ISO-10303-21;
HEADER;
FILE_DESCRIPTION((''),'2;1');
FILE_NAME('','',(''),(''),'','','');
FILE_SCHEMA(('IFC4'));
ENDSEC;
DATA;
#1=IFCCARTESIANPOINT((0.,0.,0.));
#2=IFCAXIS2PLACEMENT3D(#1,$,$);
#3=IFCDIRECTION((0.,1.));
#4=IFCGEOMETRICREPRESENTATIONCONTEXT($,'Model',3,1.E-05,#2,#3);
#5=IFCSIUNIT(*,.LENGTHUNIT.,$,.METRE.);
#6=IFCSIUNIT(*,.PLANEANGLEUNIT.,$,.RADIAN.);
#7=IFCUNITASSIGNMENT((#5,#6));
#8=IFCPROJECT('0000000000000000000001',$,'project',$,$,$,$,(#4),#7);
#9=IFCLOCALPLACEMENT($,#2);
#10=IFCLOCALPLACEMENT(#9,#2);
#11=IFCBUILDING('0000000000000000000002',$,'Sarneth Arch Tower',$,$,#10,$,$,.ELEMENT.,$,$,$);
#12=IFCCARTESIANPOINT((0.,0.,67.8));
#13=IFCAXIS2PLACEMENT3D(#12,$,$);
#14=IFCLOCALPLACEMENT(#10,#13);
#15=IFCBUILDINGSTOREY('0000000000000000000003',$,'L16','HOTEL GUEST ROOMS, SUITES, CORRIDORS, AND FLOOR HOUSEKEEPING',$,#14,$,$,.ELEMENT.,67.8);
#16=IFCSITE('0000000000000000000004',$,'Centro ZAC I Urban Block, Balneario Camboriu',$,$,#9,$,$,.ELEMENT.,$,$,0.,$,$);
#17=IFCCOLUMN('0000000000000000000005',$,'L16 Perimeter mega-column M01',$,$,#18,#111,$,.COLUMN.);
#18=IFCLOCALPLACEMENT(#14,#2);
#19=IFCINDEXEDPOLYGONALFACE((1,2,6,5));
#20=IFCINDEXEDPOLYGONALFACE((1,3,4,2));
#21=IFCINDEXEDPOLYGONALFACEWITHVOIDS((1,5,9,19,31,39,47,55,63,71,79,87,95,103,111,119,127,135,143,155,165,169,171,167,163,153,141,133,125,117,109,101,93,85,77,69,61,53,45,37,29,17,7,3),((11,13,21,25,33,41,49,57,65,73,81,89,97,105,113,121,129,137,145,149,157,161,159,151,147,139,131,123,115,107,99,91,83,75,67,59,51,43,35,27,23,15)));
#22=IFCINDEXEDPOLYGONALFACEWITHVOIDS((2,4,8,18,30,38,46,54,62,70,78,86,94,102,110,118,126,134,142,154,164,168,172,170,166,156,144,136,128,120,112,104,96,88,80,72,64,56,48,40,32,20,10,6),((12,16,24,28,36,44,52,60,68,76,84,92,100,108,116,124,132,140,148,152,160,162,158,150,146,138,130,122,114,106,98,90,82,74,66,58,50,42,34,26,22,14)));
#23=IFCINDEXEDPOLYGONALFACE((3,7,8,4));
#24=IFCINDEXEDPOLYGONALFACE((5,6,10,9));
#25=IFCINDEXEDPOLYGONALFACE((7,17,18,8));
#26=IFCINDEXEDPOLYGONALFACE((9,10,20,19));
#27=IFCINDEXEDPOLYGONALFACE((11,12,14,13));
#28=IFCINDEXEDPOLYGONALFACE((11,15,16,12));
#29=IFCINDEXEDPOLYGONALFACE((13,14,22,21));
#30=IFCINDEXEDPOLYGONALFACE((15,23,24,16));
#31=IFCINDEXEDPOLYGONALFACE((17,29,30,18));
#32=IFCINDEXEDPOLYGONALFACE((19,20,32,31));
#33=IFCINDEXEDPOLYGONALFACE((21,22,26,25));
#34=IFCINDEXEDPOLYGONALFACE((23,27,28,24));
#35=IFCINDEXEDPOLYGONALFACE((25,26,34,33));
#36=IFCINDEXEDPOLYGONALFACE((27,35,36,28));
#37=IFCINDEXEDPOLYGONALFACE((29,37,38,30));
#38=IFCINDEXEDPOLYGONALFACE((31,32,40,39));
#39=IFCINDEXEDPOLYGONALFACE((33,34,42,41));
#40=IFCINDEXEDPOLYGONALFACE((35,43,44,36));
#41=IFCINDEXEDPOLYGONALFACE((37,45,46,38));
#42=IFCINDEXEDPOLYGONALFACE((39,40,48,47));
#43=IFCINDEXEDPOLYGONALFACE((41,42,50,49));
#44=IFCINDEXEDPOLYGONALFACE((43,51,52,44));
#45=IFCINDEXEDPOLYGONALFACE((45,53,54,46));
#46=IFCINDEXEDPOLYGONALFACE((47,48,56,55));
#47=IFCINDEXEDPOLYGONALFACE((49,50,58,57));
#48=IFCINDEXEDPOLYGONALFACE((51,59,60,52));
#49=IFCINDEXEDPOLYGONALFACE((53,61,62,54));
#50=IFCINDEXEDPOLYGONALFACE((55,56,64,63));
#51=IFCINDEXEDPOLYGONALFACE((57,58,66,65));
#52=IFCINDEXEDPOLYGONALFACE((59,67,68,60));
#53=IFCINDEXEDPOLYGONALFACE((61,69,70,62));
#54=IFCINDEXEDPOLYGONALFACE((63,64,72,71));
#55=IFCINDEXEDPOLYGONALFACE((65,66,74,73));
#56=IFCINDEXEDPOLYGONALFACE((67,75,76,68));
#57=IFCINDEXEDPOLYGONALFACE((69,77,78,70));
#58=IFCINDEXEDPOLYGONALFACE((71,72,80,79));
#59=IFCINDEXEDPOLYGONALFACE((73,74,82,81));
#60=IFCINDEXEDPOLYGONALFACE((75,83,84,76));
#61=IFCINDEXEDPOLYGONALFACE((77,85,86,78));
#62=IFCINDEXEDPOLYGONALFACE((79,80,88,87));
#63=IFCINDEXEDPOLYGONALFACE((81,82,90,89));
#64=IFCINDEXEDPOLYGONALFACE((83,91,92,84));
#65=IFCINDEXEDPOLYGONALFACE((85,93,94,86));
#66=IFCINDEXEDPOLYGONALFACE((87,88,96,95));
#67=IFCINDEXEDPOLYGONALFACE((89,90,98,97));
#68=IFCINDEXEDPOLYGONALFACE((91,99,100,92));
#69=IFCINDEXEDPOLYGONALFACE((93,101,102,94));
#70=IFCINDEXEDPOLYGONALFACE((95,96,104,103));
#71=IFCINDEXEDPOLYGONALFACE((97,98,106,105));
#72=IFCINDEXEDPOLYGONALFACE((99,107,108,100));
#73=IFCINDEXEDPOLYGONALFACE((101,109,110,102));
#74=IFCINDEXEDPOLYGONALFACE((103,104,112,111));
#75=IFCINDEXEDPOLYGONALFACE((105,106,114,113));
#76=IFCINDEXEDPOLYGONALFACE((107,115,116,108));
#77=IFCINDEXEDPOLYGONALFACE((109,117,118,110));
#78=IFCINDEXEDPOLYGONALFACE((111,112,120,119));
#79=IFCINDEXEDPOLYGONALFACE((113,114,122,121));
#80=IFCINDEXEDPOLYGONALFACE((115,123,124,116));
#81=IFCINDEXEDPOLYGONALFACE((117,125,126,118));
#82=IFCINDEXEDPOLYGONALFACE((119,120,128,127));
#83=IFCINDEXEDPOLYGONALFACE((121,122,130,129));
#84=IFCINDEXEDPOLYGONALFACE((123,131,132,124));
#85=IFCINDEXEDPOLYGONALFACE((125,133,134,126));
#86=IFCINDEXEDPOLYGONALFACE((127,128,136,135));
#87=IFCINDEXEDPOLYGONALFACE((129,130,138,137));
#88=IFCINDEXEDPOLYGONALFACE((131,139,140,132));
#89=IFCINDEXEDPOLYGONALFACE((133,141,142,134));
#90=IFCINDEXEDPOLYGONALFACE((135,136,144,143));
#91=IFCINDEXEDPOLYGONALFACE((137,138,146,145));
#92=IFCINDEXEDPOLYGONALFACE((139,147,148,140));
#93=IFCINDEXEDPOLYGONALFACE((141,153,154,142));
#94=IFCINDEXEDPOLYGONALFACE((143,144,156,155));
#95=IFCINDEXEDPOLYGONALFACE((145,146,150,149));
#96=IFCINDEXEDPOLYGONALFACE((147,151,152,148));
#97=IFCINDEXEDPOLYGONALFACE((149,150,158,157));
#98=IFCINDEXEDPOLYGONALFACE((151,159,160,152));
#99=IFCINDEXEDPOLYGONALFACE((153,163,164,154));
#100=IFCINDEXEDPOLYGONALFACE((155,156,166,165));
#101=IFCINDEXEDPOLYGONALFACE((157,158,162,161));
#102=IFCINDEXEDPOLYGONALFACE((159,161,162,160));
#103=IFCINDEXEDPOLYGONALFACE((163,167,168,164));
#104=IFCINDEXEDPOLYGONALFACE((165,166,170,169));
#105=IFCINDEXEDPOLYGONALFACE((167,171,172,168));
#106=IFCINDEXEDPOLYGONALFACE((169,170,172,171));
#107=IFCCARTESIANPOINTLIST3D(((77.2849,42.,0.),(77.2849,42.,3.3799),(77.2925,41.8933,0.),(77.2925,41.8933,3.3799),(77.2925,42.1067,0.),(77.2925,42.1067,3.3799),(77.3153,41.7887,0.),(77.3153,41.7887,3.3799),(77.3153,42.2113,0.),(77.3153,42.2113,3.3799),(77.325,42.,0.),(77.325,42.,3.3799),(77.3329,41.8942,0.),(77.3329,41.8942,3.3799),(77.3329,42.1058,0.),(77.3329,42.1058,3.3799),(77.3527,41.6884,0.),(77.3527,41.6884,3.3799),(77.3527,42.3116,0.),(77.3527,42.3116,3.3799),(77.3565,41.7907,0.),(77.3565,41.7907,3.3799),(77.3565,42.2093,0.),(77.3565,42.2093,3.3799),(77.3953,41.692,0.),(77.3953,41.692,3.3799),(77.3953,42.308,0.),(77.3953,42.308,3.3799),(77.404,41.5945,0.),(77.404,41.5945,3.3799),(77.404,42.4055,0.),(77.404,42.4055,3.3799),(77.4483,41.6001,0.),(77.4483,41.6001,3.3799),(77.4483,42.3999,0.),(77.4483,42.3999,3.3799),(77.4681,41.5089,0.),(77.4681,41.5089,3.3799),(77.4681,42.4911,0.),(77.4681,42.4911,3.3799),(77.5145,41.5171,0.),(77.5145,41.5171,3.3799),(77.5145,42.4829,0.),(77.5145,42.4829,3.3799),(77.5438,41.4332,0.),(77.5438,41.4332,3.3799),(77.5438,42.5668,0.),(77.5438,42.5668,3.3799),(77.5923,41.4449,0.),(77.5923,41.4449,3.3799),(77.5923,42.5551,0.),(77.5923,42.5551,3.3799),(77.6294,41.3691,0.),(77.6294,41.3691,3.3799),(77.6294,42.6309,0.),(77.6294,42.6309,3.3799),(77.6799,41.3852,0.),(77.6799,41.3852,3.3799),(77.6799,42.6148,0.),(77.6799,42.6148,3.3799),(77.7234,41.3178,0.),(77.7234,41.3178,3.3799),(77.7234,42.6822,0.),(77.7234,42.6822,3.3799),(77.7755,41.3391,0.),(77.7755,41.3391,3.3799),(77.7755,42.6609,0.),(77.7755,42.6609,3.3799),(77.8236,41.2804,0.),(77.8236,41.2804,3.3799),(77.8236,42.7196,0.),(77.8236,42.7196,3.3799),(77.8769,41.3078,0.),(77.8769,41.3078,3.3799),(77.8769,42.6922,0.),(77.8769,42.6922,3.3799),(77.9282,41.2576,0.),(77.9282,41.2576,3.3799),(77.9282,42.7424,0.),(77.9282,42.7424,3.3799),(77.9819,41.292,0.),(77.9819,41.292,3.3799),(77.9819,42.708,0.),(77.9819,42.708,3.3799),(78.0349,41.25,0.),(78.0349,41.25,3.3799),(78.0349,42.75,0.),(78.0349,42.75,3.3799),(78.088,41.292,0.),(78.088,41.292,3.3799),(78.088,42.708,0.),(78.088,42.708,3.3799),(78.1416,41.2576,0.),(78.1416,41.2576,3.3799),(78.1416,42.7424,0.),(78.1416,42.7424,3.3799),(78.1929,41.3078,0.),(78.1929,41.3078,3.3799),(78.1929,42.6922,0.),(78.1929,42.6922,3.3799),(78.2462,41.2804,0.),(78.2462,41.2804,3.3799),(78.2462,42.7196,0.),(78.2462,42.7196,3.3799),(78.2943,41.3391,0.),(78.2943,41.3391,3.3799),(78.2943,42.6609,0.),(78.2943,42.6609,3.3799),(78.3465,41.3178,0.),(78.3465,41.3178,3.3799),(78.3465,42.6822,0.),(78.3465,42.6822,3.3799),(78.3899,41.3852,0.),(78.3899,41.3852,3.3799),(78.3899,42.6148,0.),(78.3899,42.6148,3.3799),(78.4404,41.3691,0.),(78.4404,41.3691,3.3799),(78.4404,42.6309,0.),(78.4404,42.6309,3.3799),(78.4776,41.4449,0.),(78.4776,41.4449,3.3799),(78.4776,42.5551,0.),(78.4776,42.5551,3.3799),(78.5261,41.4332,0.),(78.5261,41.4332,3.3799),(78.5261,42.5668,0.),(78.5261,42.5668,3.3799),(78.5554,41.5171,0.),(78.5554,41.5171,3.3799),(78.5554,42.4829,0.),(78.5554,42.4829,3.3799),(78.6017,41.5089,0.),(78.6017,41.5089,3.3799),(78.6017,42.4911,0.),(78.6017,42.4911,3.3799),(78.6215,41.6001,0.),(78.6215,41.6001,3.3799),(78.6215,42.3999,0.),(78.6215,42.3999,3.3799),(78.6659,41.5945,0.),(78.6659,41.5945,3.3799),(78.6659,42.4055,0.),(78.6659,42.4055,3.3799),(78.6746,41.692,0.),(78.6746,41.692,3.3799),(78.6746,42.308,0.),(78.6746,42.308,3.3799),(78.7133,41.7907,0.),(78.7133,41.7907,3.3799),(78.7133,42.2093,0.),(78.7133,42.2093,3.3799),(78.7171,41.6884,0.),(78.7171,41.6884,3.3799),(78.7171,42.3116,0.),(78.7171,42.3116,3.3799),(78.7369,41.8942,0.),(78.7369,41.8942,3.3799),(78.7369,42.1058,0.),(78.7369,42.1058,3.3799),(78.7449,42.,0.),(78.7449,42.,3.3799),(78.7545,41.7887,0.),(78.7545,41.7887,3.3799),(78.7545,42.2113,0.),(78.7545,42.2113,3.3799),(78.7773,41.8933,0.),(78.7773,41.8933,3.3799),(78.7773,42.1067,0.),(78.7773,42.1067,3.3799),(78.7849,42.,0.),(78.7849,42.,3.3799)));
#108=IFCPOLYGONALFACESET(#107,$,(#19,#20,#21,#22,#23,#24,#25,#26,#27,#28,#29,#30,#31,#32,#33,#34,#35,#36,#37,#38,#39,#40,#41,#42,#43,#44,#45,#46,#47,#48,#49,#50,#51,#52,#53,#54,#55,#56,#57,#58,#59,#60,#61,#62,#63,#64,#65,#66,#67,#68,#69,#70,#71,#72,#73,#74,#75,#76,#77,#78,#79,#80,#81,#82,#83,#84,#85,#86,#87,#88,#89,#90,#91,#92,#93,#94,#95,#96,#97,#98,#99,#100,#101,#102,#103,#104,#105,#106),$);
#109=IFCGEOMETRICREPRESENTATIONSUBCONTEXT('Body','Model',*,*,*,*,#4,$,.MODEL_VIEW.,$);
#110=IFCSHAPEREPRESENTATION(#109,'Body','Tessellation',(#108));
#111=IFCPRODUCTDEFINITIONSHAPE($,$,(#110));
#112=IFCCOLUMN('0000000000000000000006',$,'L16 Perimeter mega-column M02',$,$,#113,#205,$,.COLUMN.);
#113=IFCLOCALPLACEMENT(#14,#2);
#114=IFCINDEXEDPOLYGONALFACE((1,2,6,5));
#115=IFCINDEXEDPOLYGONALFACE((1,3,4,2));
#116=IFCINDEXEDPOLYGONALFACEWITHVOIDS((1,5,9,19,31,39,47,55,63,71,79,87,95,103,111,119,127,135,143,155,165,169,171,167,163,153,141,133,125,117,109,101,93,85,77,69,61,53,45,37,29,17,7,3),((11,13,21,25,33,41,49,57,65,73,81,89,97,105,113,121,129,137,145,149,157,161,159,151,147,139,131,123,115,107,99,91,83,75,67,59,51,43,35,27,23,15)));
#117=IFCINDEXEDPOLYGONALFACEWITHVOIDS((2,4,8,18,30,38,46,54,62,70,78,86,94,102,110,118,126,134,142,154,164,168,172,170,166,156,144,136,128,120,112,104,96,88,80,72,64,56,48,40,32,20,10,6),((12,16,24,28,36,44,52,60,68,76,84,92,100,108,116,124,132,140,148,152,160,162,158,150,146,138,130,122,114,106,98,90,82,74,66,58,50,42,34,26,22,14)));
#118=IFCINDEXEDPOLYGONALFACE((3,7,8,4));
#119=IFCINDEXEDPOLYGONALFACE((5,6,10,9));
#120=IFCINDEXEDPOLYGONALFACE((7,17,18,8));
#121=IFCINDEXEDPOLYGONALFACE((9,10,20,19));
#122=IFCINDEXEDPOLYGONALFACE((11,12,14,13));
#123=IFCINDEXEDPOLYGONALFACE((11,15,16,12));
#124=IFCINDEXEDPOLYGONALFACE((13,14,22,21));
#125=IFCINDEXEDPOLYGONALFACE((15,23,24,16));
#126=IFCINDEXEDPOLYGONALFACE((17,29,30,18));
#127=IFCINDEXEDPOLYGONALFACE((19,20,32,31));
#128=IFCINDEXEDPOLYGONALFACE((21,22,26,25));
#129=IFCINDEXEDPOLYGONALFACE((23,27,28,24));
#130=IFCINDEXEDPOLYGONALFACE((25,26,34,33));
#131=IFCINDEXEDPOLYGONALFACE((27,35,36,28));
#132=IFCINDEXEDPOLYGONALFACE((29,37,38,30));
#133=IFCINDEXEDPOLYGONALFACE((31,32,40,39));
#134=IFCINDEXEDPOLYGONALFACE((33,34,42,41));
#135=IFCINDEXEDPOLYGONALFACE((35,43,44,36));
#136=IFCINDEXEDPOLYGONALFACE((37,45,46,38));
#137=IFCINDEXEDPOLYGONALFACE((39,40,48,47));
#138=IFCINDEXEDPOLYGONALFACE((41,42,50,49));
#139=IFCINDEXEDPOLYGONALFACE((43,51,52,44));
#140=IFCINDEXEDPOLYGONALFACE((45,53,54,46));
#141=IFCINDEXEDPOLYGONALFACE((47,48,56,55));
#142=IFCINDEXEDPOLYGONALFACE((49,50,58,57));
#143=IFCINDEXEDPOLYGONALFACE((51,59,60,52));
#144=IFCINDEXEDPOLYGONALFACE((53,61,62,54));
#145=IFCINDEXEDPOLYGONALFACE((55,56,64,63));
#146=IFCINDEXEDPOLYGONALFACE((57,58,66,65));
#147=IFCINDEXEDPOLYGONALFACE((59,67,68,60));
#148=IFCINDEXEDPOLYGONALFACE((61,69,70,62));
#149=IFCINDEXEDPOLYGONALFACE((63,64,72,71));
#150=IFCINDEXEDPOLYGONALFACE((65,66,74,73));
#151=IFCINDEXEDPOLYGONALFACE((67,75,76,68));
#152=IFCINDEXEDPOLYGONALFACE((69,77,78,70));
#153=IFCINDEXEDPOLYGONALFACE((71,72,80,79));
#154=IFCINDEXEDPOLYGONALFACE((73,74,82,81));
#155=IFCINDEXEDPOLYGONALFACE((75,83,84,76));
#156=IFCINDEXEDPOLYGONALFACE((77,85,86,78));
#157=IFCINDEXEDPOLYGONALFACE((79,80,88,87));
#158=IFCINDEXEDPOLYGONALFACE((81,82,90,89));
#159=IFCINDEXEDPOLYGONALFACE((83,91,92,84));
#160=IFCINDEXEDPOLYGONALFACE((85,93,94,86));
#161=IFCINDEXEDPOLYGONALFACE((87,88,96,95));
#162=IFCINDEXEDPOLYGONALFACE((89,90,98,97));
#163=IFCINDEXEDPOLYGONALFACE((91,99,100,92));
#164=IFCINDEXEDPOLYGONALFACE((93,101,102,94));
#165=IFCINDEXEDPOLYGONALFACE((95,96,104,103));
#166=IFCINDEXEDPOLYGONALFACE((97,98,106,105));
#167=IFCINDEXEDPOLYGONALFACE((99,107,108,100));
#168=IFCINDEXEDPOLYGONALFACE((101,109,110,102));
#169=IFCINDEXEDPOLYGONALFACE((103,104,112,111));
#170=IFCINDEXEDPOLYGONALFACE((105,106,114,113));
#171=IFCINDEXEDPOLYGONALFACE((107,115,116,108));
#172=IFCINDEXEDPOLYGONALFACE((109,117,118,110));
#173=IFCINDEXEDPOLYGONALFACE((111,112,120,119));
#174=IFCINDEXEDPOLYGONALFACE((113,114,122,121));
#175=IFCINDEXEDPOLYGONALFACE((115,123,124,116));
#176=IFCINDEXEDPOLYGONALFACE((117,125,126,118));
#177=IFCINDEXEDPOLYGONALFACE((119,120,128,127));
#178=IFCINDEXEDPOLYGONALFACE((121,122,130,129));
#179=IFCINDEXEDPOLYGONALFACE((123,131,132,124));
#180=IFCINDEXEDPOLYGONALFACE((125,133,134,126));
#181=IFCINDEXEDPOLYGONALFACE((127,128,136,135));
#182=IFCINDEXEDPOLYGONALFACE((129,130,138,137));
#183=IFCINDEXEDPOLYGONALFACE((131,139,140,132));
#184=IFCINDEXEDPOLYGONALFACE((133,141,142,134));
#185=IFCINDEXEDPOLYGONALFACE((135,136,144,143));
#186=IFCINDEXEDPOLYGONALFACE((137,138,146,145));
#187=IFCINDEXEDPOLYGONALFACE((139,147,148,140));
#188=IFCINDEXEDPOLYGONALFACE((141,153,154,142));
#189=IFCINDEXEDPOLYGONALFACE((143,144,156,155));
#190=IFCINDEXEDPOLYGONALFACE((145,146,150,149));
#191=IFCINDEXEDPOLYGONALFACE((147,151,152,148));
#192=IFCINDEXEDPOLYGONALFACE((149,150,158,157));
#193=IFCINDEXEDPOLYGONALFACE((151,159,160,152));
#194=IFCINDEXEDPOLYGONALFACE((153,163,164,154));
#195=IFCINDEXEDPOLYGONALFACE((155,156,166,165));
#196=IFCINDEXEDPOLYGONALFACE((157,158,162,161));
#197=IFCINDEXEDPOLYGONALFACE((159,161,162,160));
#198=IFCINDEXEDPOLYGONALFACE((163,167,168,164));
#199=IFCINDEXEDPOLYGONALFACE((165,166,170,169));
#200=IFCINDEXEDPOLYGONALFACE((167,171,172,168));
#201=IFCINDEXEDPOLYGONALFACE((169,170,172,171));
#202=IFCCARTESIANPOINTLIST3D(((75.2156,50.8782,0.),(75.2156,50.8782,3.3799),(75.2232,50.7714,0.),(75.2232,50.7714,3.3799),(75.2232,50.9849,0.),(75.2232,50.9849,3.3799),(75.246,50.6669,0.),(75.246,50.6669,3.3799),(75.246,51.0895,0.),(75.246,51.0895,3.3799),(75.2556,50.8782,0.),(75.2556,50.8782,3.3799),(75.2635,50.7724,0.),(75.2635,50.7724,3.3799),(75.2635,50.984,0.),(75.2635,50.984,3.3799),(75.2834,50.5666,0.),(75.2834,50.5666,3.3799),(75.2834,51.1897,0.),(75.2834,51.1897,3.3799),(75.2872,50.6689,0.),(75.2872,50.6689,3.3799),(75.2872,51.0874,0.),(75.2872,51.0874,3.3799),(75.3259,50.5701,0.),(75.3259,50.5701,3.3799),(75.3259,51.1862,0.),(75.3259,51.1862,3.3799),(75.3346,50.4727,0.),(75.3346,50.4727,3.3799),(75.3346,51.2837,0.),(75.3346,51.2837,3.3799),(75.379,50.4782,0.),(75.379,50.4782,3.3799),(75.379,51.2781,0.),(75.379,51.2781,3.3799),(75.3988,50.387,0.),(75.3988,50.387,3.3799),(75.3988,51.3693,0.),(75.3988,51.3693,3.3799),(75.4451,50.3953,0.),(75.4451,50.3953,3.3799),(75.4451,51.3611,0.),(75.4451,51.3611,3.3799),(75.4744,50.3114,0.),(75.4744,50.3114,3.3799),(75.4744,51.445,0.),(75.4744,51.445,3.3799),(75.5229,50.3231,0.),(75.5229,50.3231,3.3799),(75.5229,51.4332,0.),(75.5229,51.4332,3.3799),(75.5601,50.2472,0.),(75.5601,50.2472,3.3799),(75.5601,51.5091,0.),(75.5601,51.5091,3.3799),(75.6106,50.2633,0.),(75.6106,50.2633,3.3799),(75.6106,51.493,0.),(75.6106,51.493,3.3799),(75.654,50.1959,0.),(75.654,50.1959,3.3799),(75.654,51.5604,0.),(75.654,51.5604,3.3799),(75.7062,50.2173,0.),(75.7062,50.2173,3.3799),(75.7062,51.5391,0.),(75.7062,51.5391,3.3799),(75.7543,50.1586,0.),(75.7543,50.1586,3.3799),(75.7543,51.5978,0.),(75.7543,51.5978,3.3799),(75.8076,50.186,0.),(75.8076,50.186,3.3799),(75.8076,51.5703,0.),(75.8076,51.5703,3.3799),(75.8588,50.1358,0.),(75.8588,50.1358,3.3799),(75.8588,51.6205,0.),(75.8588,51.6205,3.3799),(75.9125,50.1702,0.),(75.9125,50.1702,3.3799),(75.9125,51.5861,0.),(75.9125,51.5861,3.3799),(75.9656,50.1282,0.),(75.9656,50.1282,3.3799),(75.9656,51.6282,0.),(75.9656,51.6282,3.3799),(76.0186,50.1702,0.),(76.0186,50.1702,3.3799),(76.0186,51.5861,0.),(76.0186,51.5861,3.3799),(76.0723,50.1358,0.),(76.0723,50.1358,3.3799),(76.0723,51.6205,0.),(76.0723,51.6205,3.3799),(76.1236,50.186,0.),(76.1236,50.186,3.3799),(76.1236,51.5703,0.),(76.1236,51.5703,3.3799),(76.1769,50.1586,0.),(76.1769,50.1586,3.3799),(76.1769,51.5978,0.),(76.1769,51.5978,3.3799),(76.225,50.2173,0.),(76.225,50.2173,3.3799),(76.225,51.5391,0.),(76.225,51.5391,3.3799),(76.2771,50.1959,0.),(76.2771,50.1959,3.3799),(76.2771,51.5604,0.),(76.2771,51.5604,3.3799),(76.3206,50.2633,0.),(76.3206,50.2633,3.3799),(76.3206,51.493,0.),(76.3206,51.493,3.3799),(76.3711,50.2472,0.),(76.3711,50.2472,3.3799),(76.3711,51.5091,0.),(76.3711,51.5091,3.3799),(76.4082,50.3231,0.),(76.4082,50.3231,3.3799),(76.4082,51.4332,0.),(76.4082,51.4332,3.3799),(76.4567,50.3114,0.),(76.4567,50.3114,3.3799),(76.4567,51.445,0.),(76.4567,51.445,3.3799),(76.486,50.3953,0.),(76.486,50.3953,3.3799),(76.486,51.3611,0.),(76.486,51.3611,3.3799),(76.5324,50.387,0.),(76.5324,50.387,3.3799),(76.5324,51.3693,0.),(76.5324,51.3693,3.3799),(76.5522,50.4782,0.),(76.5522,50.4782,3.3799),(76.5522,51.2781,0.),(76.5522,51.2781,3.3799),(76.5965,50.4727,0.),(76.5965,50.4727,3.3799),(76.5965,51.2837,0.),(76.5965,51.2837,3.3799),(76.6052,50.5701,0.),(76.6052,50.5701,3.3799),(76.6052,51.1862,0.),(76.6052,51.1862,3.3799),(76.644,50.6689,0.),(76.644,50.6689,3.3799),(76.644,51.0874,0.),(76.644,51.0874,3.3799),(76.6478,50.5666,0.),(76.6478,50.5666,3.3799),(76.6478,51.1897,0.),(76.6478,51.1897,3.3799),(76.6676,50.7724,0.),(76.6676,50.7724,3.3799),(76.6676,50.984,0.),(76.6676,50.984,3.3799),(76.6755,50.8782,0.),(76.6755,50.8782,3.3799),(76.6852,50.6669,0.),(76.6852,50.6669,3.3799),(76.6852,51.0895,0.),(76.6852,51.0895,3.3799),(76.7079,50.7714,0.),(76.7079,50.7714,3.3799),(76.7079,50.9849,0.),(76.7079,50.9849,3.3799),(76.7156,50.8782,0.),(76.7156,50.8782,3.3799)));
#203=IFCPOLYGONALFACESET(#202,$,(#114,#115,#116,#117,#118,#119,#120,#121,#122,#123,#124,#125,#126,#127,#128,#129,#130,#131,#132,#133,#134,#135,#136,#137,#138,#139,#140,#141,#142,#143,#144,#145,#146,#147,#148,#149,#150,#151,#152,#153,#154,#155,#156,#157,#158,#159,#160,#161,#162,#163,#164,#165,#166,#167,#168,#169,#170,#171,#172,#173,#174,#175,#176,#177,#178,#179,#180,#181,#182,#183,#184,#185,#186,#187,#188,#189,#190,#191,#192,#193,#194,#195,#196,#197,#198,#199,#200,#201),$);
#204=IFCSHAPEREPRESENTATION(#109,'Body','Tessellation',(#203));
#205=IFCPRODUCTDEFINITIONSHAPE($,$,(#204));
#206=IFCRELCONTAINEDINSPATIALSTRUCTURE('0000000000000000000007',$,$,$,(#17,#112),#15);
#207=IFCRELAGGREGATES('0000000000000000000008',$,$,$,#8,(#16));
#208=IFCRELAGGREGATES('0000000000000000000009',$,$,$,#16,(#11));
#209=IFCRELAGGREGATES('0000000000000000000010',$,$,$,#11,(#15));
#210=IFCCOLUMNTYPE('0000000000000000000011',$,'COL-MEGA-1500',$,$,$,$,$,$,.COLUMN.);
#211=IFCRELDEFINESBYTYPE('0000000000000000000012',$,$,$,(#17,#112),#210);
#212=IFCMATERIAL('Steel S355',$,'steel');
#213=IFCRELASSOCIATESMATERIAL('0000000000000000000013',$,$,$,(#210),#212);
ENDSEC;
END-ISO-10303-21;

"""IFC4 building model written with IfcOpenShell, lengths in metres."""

from ifc_helpers import new_model, si_unit, direction, frame, origin, origin_2d, place, context, subcontext, project, spatial, hollow_circle, extrude, material, material_profile, profile_set, type_object, element, save


model = new_model("IFC4")

# Units and contexts
model_context = context("Model", 3, precision=1e-05, world=origin(), true_north=direction((0.0, 1.0)))
body_context = subcontext(model_context, "Body", "Model", "MODEL_VIEW")
ifc_project = project(units=[si_unit("LENGTHUNIT", "METRE"), si_unit("PLANEANGLEUNIT", "RADIAN")], contexts=[model_context])

# Site, building, storey
site_placement = place(None, origin())
site = spatial("IfcSite", under=ifc_project, at=site_placement, Name="Centro ZAC I Urban Block, Balneario Camboriu", CompositionType="ELEMENT", RefElevation=0.0)
building_placement = place(site_placement, origin())
building = spatial("IfcBuilding", under=site, at=building_placement, Name="Sarneth Arch Tower", CompositionType="ELEMENT")
storey_placement = place(building_placement, frame((0.0, 0.0, 67.8)))
storey = spatial("IfcBuildingStorey", under=building, at=storey_placement, Name="L16", Description="HOTEL GUEST ROOMS, SUITES, CORRIDORS, AND FLOOR HOUSEKEEPING", CompositionType="ELEMENT", Elevation=67.8)

# Columns
ifc_material_1 = material(Name="Steel S355", Category="steel")
ifc_material_profile_1 = material_profile(ifc_material_1, hollow_circle(Radius=0.75, WallThickness=0.04, at=origin_2d()), Name="CHS1500x40")
ifc_profile_set_1 = profile_set([ifc_material_profile_1], Name="Steel S355")
column_type = type_object("IfcColumnType", Name="COL-MEGA-1500", PredefinedType="COLUMN", material=ifc_profile_set_1)
for number, where, z_axis, x_axis, name in (
    (1, (78.0349, 42.0, 0.0), (0.0, 0.0, 1.0), (1.0, 0.0, 0.0), "L16 Perimeter mega-column M01"),
    (2, (75.9656, 50.8782, 0.0), (0.0, 0.0, 1.0), (1.0, 0.0, 0.0), "L16 Perimeter mega-column M02"),
):
    element("IfcColumn", number, at=place(storey_placement, frame(where, z_axis=z_axis, x_axis=x_axis)), inside=storey, type_object=column_type, Name=name, PredefinedType="COLUMN", context=body_context, shape_type="SweptSolid", body=[
        extrude(hollow_circle(Radius=0.75, WallThickness=0.04, at=origin_2d()), origin(), (0.0, 0.0, 1.0), 3.3799),
    ])

save(model, "model.ifc")
